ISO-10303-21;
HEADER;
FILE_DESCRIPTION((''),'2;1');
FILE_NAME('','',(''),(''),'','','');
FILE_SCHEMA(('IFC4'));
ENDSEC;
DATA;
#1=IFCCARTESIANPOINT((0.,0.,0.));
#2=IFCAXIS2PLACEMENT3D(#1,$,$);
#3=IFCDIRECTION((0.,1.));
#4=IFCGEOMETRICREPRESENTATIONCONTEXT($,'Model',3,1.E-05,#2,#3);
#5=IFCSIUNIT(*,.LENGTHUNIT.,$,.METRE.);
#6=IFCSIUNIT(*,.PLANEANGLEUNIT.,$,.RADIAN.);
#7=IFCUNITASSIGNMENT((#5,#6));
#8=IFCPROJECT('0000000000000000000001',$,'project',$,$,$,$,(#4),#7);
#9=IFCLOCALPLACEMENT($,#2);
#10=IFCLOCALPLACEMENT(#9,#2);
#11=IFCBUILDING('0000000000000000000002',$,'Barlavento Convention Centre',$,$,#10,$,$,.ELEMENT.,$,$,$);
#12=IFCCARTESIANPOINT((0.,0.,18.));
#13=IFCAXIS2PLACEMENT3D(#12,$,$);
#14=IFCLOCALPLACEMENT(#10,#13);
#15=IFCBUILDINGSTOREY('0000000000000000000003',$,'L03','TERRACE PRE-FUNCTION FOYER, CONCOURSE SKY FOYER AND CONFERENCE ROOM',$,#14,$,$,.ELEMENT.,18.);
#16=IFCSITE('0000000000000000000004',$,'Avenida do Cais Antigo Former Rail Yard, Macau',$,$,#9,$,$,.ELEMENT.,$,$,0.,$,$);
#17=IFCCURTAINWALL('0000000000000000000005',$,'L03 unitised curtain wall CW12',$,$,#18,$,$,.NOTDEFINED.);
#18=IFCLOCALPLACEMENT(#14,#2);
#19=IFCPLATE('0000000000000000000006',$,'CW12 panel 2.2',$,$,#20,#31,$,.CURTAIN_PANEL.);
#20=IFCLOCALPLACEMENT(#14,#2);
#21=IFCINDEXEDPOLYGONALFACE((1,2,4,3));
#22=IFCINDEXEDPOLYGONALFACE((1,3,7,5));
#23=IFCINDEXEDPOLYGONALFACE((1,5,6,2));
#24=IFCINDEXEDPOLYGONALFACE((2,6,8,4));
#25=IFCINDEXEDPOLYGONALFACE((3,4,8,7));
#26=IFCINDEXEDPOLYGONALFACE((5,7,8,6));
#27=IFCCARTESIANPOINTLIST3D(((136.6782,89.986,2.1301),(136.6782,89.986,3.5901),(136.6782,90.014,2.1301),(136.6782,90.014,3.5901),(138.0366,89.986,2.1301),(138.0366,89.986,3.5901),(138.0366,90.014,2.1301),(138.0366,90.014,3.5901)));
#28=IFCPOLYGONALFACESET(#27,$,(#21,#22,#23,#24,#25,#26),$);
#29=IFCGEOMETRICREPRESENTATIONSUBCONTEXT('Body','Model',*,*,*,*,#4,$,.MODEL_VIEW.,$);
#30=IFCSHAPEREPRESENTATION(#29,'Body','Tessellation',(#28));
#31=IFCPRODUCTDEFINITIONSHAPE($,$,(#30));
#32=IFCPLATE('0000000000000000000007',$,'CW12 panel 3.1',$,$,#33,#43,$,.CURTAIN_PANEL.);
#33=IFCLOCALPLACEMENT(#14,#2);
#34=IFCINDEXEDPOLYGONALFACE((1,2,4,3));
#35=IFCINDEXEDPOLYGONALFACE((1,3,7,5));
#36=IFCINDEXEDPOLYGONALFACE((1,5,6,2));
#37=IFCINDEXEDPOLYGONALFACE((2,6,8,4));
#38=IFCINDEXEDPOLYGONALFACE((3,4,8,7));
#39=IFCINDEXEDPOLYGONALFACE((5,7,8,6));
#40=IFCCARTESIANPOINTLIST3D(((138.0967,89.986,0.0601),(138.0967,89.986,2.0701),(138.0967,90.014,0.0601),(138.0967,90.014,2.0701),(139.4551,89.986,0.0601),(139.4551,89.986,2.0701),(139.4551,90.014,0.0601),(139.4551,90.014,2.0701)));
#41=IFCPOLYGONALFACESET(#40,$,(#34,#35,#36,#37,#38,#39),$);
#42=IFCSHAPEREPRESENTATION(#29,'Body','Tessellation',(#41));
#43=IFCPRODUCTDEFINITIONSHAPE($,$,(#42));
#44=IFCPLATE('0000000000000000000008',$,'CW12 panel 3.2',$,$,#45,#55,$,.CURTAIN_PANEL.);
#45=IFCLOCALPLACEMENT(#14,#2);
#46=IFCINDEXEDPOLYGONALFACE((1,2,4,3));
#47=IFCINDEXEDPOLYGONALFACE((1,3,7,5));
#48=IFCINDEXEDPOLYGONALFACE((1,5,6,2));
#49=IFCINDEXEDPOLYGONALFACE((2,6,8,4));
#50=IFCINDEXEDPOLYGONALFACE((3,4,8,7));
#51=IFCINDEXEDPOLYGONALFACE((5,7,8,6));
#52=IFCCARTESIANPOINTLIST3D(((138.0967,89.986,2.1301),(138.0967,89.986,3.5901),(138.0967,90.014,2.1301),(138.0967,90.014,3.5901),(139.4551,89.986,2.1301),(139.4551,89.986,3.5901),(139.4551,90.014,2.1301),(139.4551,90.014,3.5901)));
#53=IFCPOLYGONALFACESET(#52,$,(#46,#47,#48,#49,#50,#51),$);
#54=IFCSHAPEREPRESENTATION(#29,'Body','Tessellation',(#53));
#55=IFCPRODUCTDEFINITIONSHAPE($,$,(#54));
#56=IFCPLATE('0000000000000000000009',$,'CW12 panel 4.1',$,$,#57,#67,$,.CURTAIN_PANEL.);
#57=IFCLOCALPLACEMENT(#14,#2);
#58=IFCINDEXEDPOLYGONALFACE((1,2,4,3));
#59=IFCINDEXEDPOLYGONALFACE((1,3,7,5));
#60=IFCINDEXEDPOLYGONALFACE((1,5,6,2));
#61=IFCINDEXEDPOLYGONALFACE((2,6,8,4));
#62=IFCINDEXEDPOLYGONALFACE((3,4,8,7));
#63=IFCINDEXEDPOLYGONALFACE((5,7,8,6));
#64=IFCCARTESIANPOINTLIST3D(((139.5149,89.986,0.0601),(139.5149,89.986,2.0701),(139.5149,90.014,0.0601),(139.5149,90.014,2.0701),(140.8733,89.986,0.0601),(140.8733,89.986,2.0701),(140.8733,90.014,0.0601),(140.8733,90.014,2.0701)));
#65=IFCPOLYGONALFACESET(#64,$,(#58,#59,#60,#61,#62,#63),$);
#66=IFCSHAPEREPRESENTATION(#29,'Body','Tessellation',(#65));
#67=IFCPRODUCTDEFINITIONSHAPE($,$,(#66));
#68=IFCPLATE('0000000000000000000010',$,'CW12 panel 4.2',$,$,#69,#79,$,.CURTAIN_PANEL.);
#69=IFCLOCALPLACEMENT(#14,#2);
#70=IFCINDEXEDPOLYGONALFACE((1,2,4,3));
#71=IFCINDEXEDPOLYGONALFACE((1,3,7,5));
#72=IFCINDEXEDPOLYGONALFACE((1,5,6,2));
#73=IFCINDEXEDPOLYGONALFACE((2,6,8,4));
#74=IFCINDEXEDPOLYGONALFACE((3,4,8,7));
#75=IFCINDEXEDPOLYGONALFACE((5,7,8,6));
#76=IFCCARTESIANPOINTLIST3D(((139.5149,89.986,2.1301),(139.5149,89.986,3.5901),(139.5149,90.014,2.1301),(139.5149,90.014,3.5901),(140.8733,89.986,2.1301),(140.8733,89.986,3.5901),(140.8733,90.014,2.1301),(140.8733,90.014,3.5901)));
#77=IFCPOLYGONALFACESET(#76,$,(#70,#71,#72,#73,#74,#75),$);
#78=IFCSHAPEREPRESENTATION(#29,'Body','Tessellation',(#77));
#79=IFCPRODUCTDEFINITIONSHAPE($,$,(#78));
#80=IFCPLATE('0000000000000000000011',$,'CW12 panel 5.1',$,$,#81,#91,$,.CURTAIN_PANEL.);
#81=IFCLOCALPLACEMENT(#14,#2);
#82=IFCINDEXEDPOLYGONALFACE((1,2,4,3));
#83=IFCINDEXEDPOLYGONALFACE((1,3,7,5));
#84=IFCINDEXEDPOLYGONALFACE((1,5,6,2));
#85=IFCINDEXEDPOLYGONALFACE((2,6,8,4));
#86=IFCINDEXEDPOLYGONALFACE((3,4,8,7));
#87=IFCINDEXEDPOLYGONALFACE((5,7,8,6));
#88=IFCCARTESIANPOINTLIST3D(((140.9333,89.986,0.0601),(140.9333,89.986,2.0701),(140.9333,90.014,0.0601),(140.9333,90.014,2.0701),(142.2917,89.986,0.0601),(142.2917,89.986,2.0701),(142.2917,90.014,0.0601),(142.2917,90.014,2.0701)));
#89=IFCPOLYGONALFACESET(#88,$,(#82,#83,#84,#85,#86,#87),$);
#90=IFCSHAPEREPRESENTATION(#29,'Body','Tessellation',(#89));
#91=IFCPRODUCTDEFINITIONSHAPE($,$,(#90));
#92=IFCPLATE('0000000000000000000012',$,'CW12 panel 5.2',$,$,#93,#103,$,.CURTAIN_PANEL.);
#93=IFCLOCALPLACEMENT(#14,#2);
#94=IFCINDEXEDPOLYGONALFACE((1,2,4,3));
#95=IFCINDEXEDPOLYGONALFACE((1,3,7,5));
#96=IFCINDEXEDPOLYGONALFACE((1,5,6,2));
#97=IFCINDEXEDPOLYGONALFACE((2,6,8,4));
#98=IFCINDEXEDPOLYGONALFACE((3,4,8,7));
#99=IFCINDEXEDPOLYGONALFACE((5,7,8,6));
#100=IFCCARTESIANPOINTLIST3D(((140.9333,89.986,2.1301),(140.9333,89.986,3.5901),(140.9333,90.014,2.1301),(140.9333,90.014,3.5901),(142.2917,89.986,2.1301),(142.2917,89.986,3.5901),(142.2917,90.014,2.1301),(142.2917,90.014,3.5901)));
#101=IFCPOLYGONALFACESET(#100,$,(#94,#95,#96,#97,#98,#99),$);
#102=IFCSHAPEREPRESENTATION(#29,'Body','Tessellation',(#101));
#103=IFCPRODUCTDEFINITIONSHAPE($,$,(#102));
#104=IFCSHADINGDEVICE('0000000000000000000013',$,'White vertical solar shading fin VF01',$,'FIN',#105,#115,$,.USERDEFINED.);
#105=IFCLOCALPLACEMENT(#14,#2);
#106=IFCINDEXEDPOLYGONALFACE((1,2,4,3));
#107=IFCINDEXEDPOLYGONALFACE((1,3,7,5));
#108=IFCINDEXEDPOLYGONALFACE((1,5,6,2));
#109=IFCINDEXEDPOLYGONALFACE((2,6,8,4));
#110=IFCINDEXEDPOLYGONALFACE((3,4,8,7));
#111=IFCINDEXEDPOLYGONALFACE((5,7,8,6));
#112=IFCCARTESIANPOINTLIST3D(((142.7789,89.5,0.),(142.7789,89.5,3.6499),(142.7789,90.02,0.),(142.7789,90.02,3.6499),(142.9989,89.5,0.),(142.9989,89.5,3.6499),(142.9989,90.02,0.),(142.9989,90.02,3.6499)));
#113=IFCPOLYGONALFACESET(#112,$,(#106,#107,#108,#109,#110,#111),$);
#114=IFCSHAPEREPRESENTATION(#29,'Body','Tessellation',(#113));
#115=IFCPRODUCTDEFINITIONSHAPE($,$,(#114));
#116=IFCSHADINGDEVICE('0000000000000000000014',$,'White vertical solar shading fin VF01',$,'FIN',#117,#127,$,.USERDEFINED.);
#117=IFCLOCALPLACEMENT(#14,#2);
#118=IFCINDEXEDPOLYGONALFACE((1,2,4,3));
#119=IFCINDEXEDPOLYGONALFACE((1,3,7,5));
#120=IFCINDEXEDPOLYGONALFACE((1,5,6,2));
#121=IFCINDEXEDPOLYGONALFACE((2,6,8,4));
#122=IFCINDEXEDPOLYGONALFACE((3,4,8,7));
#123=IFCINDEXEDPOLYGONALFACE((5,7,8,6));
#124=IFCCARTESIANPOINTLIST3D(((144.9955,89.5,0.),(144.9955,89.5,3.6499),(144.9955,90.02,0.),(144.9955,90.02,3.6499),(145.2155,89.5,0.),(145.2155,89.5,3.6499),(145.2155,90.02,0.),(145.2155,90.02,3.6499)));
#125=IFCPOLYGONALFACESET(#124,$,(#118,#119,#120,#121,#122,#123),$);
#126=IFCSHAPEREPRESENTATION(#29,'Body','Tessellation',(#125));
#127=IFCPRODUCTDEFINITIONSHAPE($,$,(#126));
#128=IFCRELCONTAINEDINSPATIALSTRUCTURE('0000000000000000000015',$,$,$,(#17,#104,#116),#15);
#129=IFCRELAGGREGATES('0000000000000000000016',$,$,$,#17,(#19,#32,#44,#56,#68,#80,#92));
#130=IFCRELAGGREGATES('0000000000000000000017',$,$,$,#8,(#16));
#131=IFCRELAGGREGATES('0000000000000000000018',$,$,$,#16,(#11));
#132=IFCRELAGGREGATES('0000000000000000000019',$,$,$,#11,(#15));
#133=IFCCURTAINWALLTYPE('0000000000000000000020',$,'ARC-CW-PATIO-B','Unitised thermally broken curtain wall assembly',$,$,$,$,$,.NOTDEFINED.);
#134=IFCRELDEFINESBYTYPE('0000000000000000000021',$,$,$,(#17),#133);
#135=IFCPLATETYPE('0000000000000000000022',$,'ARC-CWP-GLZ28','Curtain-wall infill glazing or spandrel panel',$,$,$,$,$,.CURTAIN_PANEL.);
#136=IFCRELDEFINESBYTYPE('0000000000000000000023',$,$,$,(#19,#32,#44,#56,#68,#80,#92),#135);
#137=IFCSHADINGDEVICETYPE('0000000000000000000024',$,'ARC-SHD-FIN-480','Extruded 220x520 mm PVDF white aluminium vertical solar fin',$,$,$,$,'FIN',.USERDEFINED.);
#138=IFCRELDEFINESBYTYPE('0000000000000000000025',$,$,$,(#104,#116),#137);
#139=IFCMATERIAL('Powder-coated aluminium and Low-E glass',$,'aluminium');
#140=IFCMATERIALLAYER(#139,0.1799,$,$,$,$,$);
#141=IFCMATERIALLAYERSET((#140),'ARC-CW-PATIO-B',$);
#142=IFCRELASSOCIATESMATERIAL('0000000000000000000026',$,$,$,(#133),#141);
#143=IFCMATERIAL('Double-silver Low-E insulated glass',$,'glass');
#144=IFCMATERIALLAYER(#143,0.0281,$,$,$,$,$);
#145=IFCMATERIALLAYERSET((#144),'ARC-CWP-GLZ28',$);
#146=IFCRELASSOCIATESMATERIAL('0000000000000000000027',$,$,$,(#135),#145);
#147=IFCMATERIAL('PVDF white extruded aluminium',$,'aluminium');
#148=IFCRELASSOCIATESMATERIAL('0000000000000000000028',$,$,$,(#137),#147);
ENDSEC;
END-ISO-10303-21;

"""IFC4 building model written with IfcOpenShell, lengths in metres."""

from ifc_helpers import new_model, si_unit, direction, frame, origin, origin_2d, place, context, subcontext, project, spatial, rectangle, extrude, material, layer, layer_set, type_object, element, aggregate, save


model = new_model("IFC4")

# Units and contexts
model_context = context("Model", 3, precision=1e-05, world=origin(), true_north=direction((0.0, 1.0)))
body_context = subcontext(model_context, "Body", "Model", "MODEL_VIEW")
ifc_project = project(units=[si_unit("LENGTHUNIT", "METRE"), si_unit("PLANEANGLEUNIT", "RADIAN")], contexts=[model_context])

# Site, building, storey
site_placement = place(None, origin())
site = spatial("IfcSite", under=ifc_project, at=site_placement, Name="Avenida do Cais Antigo Former Rail Yard, Macau", CompositionType="ELEMENT", RefElevation=0.0)
building_placement = place(site_placement, origin())
building = spatial("IfcBuilding", under=site, at=building_placement, Name="Barlavento Convention Centre", CompositionType="ELEMENT")
storey_placement = place(building_placement, frame((0.0, 0.0, 18.0)))
storey = spatial("IfcBuildingStorey", under=building, at=storey_placement, Name="L03", Description="TERRACE PRE-FUNCTION FOYER, CONCOURSE SKY FOYER AND CONFERENCE ROOM", CompositionType="ELEMENT", Elevation=18.0)

# Curtain wall, plates
ifc_material_1 = material(Name="Powder-coated aluminium and Low-E glass", Category="aluminium")
ifc_layer_1 = layer(ifc_material_1, 0.1799)
ifc_layer_set_1 = layer_set([ifc_layer_1], Name="ARC-CW-PATIO-B")
curtain_wall_type = type_object("IfcCurtainWallType", Name="ARC-CW-PATIO-B", Description="Unitised thermally broken curtain wall assembly", PredefinedType="NOTDEFINED", material=ifc_layer_set_1)
curtain_wall_placement = place(storey_placement, origin())
curtain_wall = element("IfcCurtainWall", 1, at=curtain_wall_placement, inside=storey, type_object=curtain_wall_type, Name="L03 unitised curtain wall CW12", PredefinedType="NOTDEFINED")
ifc_material_2 = material(Name="Double-silver Low-E insulated glass", Category="glass")
ifc_layer_2 = layer(ifc_material_2, 0.0281)
ifc_layer_set_2 = layer_set([ifc_layer_2], Name="ARC-CWP-GLZ28")
plate_type = type_object("IfcPlateType", Name="ARC-CWP-GLZ28", Description="Curtain-wall infill glazing or spandrel panel", PredefinedType="CURTAIN_PANEL", material=ifc_layer_set_2)
plate_1_placement = place(storey_placement, frame((137.3574, 90.0, 2.1301), z_axis=(0.0, 0.0, 1.0), x_axis=(1.0, 0.0, 0.0)))
plate_1 = element("IfcPlate", 2, at=plate_1_placement, type_object=plate_type, Name="CW12 panel 2.2", PredefinedType="CURTAIN_PANEL", context=body_context, shape_type="SweptSolid", body=[
    extrude(rectangle(XDim=1.3584, YDim=0.0281, at=origin_2d()), origin(), (0.0, 0.0, 1.0), 1.46),
])
plate_2_placement = place(storey_placement, frame((138.7759, 90.0, 0.0601), z_axis=(0.0, 0.0, 1.0), x_axis=(1.0, 0.0, 0.0)))
plate_2 = element("IfcPlate", 3, at=plate_2_placement, type_object=plate_type, Name="CW12 panel 3.1", PredefinedType="CURTAIN_PANEL", context=body_context, shape_type="SweptSolid", body=[
    extrude(rectangle(XDim=1.3584, YDim=0.0281, at=origin_2d()), origin(), (0.0, 0.0, 1.0), 2.01),
])
plate_3_placement = place(storey_placement, frame((138.7759, 90.0, 2.1301), z_axis=(0.0, 0.0, 1.0), x_axis=(1.0, 0.0, 0.0)))
plate_3 = element("IfcPlate", 4, at=plate_3_placement, type_object=plate_type, Name="CW12 panel 3.2", PredefinedType="CURTAIN_PANEL", context=body_context, shape_type="SweptSolid", body=[
    extrude(rectangle(XDim=1.3584, YDim=0.0281, at=origin_2d()), origin(), (0.0, 0.0, 1.0), 1.46),
])
plate_4_placement = place(storey_placement, frame((140.1941, 90.0, 0.0601), z_axis=(0.0, 0.0, 1.0), x_axis=(1.0, 0.0, 0.0)))
plate_4 = element("IfcPlate", 5, at=plate_4_placement, type_object=plate_type, Name="CW12 panel 4.1", PredefinedType="CURTAIN_PANEL", context=body_context, shape_type="SweptSolid", body=[
    extrude(rectangle(XDim=1.3584, YDim=0.0281, at=origin_2d()), origin(), (0.0, 0.0, 1.0), 2.01),
])
plate_5_placement = place(storey_placement, frame((140.1941, 90.0, 2.1301), z_axis=(0.0, 0.0, 1.0), x_axis=(1.0, 0.0, 0.0)))
plate_5 = element("IfcPlate", 6, at=plate_5_placement, type_object=plate_type, Name="CW12 panel 4.2", PredefinedType="CURTAIN_PANEL", context=body_context, shape_type="SweptSolid", body=[
    extrude(rectangle(XDim=1.3584, YDim=0.0281, at=origin_2d()), origin(), (0.0, 0.0, 1.0), 1.46),
])
plate_6_placement = place(storey_placement, frame((141.6125, 90.0, 0.0601), z_axis=(0.0, 0.0, 1.0), x_axis=(1.0, 0.0, 0.0)))
plate_6 = element("IfcPlate", 7, at=plate_6_placement, type_object=plate_type, Name="CW12 panel 5.1", PredefinedType="CURTAIN_PANEL", context=body_context, shape_type="SweptSolid", body=[
    extrude(rectangle(XDim=1.3584, YDim=0.0281, at=origin_2d()), origin(), (0.0, 0.0, 1.0), 2.01),
])
plate_7_placement = place(storey_placement, frame((141.6125, 90.0, 2.1301), z_axis=(0.0, 0.0, 1.0), x_axis=(1.0, 0.0, 0.0)))
plate_7 = element("IfcPlate", 8, at=plate_7_placement, type_object=plate_type, Name="CW12 panel 5.2", PredefinedType="CURTAIN_PANEL", context=body_context, shape_type="SweptSolid", body=[
    extrude(rectangle(XDim=1.3584, YDim=0.0281, at=origin_2d()), origin(), (0.0, 0.0, 1.0), 1.46),
])
aggregate(curtain_wall, [plate_1, plate_2, plate_3, plate_4, plate_5, plate_6, plate_7])

# Shading devices
ifc_material_3 = material(Name="PVDF white extruded aluminium", Category="aluminium")
shading_device_type = type_object("IfcShadingDeviceType", Name="ARC-SHD-FIN-480", Description="Extruded 220x520 mm PVDF white aluminium vertical solar fin", ElementType="FIN", PredefinedType="USERDEFINED", material=ifc_material_3)
for number, where, z_axis, x_axis, name in (
    (9, (142.8889, 89.76, 0.0), (0.0, 0.0, 1.0), (1.0, 0.0, 0.0), "White vertical solar shading fin VF01"),
    (10, (145.1055, 89.76, 0.0), (0.0, 0.0, 1.0), (1.0, 0.0, 0.0), "White vertical solar shading fin VF01"),
):
    element("IfcShadingDevice", number, at=place(storey_placement, frame(where, z_axis=z_axis, x_axis=x_axis)), inside=storey, type_object=shading_device_type, Name=name, ObjectType="FIN", PredefinedType="USERDEFINED", context=body_context, shape_type="SweptSolid", body=[
        extrude(rectangle(XDim=0.22, YDim=0.52, at=origin_2d()), origin(), (0.0, 0.0, 1.0), 3.6499),
    ])

save(model, "model.ifc")
